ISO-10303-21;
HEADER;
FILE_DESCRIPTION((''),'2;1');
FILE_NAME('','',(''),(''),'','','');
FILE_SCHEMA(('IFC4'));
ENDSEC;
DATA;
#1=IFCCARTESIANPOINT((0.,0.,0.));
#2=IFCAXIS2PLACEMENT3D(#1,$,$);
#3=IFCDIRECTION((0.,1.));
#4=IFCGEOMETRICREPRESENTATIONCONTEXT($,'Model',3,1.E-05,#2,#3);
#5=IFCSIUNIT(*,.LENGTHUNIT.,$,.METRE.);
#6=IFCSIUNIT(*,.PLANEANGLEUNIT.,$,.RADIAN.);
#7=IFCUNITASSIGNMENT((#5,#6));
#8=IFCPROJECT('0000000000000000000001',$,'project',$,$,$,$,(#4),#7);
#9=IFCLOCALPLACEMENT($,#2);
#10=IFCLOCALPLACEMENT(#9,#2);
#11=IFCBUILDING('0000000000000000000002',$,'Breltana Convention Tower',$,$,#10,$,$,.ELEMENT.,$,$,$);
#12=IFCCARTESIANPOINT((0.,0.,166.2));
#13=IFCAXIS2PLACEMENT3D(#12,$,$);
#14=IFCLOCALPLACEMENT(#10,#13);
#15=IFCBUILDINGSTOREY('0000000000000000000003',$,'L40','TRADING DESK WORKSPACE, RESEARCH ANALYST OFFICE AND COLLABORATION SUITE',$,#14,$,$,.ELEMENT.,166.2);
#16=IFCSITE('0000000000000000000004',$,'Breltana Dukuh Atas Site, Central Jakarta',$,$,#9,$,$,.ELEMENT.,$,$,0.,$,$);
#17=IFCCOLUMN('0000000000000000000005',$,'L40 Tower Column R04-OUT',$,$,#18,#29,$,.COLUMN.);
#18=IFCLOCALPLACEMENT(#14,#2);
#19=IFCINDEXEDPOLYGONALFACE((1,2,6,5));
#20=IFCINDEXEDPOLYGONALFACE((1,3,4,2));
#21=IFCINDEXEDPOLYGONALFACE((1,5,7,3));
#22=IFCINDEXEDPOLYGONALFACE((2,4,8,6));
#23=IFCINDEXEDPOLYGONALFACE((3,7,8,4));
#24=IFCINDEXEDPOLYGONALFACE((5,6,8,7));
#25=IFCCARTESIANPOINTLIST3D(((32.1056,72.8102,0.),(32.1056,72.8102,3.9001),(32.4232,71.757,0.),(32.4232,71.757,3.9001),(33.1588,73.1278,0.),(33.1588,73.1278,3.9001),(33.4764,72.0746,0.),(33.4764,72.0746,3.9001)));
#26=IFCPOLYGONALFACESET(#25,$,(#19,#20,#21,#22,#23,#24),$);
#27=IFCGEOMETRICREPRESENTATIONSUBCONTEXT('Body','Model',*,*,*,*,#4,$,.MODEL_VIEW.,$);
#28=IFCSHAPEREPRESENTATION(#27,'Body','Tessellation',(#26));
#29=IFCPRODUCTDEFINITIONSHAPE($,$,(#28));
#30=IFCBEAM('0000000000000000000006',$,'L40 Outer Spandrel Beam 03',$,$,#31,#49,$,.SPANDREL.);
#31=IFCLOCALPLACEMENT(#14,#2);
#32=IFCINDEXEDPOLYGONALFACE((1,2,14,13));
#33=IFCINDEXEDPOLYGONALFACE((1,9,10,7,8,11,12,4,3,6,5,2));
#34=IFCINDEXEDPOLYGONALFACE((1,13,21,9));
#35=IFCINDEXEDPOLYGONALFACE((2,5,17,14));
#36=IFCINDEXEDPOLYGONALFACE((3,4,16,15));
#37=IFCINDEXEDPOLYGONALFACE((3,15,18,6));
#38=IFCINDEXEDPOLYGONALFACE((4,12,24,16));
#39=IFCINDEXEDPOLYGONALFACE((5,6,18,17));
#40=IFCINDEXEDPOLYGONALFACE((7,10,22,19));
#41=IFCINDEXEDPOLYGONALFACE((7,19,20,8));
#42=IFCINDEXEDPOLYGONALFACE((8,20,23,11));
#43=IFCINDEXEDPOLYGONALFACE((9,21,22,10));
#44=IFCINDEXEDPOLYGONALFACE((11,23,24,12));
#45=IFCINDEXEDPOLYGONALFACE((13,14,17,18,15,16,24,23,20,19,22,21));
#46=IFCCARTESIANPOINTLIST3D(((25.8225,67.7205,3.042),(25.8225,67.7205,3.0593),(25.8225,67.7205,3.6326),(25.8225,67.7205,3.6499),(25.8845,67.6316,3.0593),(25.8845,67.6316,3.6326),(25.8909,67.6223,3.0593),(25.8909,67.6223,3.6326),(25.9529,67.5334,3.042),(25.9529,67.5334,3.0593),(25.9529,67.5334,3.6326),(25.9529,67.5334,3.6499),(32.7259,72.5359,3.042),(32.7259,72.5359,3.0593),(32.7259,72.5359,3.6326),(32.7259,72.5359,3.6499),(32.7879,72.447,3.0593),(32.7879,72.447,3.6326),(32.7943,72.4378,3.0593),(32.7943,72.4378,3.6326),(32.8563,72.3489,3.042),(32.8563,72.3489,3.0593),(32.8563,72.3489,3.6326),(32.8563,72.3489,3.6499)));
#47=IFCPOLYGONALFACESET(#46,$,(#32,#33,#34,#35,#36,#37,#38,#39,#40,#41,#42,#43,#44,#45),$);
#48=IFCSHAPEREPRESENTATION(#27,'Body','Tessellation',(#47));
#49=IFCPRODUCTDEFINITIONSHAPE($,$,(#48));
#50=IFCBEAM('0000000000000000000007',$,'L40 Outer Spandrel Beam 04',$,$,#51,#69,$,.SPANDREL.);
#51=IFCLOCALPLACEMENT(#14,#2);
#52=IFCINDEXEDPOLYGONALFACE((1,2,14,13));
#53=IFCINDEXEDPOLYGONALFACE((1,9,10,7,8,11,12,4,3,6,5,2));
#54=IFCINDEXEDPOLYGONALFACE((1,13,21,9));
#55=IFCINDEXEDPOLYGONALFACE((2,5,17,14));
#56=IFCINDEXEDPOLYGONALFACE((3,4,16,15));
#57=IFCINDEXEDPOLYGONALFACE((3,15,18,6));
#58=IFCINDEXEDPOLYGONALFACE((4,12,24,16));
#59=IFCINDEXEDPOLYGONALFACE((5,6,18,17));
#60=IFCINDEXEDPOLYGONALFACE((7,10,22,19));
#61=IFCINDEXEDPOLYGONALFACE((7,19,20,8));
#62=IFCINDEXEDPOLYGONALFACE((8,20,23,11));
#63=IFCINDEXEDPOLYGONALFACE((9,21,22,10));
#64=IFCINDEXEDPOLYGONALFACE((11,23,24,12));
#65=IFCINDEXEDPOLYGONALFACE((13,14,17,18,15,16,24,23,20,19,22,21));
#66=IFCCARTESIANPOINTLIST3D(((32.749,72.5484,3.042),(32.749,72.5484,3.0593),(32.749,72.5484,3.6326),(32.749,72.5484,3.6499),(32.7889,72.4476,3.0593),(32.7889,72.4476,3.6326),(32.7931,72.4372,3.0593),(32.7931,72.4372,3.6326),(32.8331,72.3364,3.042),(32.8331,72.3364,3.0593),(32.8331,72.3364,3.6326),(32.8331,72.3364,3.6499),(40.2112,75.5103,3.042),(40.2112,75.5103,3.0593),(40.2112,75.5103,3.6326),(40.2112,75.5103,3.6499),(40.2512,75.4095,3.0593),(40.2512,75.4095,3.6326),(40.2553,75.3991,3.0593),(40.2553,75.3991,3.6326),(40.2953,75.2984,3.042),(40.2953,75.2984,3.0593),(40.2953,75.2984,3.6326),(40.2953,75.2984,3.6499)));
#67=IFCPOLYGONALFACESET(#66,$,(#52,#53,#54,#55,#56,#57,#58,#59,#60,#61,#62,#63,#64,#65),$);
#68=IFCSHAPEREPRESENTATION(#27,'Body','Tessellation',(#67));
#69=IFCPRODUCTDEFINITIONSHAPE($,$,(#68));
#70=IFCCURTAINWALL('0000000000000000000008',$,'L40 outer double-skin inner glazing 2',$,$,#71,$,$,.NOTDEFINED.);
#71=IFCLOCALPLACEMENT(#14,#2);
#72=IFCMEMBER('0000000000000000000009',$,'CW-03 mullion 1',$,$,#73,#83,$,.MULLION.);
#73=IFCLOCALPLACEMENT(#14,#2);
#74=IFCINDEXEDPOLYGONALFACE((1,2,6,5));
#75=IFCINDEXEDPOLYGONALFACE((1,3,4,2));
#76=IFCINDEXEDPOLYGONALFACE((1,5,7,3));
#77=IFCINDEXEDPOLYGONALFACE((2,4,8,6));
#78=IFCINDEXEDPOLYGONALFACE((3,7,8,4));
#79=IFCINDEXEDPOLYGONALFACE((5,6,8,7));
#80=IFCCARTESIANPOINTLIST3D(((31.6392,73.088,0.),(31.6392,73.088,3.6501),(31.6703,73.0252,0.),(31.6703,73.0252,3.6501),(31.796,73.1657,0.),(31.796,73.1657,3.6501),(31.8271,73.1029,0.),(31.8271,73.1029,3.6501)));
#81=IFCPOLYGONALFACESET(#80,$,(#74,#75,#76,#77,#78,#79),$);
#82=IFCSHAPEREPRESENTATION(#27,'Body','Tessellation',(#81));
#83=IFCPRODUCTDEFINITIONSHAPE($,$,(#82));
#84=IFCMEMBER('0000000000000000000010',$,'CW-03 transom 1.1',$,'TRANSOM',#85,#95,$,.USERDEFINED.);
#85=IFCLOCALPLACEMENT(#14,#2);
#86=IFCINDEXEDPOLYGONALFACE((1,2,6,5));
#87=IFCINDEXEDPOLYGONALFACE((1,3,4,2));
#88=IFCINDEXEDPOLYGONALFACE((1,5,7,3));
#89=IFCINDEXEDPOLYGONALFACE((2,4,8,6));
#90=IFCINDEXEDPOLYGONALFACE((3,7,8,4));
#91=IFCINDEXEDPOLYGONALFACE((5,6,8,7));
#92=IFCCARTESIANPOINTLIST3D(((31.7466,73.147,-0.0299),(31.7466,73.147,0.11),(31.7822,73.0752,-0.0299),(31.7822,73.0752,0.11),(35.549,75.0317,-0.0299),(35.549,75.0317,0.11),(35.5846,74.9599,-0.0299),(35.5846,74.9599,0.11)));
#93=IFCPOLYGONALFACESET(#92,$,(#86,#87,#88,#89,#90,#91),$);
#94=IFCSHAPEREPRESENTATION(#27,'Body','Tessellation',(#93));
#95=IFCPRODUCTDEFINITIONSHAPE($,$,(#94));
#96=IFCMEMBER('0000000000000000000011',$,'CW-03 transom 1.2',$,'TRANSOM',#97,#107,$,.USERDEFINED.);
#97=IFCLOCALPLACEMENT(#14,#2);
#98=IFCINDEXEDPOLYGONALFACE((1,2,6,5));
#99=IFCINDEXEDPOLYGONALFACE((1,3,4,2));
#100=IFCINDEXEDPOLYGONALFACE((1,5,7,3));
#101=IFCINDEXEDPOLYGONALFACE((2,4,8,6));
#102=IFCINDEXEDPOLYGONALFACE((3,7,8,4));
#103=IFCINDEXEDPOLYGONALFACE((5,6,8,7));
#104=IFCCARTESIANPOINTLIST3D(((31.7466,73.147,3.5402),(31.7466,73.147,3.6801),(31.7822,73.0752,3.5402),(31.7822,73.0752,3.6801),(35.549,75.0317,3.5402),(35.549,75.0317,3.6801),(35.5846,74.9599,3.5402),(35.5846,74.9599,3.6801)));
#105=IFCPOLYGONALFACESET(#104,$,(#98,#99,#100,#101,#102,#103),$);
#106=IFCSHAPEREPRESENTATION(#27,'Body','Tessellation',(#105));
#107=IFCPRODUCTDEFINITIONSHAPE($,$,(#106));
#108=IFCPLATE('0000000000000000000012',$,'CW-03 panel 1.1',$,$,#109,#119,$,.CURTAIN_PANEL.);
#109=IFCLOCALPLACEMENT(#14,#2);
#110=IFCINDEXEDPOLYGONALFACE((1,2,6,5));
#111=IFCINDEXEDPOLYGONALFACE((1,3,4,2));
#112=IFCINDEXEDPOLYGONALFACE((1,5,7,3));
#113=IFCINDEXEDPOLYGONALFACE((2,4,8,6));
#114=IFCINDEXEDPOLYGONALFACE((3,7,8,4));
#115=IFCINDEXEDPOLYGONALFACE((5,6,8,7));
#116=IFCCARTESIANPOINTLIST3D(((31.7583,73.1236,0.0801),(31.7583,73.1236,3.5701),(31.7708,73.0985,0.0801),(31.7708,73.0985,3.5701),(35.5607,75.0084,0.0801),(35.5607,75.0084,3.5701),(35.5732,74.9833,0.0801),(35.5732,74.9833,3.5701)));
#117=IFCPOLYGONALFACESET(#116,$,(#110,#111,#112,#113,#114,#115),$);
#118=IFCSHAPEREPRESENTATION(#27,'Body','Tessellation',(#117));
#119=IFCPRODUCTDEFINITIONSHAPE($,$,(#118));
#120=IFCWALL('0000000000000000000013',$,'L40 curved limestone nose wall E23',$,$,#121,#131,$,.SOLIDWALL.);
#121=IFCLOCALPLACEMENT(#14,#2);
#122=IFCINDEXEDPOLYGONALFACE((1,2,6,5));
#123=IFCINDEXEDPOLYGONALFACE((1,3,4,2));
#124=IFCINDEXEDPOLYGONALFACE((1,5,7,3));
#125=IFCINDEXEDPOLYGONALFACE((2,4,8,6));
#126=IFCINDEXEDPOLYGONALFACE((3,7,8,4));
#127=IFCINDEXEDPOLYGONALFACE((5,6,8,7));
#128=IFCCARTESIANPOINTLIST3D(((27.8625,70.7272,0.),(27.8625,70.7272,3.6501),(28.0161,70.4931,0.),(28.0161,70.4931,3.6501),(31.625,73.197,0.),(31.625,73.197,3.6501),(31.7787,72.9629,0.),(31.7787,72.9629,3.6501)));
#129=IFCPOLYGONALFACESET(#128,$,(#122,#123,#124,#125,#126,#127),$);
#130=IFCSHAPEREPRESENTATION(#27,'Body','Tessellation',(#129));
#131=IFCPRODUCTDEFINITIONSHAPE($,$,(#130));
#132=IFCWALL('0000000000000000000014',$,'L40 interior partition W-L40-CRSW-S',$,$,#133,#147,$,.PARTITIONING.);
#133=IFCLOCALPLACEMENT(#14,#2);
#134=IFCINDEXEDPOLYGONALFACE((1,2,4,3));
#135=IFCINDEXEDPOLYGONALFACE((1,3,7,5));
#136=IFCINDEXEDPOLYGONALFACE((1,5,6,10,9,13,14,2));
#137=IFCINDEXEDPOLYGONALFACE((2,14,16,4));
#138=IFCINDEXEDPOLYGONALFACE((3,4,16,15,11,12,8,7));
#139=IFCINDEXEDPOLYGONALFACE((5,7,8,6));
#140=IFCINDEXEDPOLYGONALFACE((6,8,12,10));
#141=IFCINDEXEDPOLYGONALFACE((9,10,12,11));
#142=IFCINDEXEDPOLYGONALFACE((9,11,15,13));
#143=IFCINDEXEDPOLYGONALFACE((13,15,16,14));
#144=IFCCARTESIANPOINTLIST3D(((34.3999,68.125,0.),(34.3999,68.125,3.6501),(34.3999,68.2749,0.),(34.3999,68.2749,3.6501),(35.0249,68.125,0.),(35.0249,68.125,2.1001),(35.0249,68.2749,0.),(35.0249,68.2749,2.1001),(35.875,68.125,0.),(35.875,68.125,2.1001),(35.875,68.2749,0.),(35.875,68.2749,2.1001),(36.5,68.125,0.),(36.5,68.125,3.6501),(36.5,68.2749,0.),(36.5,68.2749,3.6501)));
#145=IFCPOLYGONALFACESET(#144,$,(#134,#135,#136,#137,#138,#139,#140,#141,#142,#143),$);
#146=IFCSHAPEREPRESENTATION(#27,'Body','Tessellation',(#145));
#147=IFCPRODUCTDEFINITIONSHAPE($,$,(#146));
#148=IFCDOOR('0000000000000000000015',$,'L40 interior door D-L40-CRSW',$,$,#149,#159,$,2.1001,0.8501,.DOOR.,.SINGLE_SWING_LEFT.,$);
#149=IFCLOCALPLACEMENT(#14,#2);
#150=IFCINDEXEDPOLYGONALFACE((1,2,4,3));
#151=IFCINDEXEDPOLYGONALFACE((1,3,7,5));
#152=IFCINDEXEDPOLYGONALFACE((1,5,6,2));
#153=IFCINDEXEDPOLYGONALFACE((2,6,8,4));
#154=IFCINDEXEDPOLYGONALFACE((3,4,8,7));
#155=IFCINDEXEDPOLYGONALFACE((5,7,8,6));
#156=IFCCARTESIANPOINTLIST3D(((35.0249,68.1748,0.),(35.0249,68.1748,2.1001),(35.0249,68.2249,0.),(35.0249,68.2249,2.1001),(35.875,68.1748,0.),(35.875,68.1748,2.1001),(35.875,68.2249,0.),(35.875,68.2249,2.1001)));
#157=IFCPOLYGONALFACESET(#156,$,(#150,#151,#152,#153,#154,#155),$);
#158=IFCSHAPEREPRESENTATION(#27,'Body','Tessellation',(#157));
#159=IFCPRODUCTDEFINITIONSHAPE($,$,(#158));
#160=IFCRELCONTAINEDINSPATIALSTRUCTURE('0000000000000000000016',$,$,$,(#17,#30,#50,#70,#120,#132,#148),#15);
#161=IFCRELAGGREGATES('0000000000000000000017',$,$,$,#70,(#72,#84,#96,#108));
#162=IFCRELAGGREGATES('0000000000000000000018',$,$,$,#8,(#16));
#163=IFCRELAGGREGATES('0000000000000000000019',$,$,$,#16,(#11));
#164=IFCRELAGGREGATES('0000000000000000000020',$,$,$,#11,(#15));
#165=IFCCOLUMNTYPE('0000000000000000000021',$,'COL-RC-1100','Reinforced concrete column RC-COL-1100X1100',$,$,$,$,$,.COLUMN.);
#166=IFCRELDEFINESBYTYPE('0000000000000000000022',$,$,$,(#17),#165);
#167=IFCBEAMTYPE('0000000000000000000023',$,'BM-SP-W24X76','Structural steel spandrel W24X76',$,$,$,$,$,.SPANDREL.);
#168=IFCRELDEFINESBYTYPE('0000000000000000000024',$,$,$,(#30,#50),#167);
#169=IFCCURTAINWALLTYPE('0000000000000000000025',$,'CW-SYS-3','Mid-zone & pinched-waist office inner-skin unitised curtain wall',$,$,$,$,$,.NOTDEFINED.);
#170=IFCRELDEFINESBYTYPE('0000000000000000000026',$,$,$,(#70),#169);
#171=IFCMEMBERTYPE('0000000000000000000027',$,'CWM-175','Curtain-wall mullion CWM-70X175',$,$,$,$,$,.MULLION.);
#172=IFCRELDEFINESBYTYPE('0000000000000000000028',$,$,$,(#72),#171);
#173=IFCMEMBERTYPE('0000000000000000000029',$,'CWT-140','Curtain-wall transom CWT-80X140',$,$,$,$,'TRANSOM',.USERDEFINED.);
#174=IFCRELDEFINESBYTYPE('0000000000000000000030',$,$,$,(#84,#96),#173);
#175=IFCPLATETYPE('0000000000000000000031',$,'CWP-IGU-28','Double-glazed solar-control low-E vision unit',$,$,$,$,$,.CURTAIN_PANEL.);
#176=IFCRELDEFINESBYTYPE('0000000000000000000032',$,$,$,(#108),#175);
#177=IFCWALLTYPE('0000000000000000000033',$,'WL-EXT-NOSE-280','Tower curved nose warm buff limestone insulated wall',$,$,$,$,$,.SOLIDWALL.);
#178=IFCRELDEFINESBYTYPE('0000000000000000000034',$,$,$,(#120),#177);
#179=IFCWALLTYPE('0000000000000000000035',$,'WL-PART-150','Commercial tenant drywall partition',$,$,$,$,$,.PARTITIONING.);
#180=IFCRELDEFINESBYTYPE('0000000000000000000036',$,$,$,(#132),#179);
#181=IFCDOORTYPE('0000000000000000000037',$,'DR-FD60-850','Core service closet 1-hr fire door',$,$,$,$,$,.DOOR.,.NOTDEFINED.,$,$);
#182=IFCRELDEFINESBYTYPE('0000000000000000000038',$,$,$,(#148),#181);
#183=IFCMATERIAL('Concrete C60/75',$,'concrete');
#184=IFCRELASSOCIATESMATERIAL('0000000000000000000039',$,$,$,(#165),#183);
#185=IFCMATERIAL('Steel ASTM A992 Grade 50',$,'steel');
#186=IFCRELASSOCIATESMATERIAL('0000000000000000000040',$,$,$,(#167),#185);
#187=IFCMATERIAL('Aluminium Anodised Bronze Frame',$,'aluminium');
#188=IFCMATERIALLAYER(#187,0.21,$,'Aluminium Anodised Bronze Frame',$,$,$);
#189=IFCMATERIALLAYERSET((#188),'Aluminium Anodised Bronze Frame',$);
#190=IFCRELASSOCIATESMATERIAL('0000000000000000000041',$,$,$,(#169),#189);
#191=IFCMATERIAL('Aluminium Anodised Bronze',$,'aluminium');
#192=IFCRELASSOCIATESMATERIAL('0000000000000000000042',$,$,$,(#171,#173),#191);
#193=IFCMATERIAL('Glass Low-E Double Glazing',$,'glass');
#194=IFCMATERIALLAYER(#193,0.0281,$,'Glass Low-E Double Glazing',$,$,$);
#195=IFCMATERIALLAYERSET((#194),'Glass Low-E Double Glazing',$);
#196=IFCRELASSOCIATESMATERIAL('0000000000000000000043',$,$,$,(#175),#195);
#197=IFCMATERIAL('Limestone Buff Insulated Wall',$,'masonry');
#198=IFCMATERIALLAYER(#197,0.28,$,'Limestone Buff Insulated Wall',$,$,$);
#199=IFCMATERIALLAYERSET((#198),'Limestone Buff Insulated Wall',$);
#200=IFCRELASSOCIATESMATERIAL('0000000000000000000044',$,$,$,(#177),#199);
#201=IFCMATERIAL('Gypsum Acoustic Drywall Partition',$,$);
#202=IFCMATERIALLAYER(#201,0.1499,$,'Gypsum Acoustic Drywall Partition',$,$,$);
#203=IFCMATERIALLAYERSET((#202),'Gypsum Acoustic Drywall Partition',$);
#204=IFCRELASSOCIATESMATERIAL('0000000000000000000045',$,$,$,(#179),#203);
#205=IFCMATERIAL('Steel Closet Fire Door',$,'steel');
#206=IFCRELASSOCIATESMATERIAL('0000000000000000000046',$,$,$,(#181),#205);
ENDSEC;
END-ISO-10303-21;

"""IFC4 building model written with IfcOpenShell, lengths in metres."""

from ifc_helpers import new_model, si_unit, direction, frame, frame_2d, origin, origin_2d, place, context, subcontext, project, spatial, rectangle, i_section, extrude, source, transform, mapped, material, layer, layer_set, material_profile, profile_set, type_object, type_shapes, element, fill, aggregate, save


model = new_model("IFC4")

# Units and contexts
model_context = context("Model", 3, precision=1e-05, world=origin(), true_north=direction((0.0, 1.0)))
body_context = subcontext(model_context, "Body", "Model", "MODEL_VIEW")
ifc_project = project(units=[si_unit("LENGTHUNIT", "METRE"), si_unit("PLANEANGLEUNIT", "RADIAN")], contexts=[model_context])

# Site, building, storey
site_placement = place(None, origin())
site = spatial("IfcSite", under=ifc_project, at=site_placement, Name="Breltana Dukuh Atas Site, Central Jakarta", CompositionType="ELEMENT", RefElevation=0.0)
building_placement = place(site_placement, origin())
building = spatial("IfcBuilding", under=site, at=building_placement, Name="Breltana Convention Tower", CompositionType="ELEMENT")
storey_placement = place(building_placement, frame((0.0, 0.0, 166.2)))
storey = spatial("IfcBuildingStorey", under=building, at=storey_placement, Name="L40", Description="TRADING DESK WORKSPACE, RESEARCH ANALYST OFFICE AND COLLABORATION SUITE", CompositionType="ELEMENT", Elevation=166.2)

# Column
ifc_material_1 = material(Name="Concrete C60/75", Category="concrete")
ifc_material_profile_1 = material_profile(ifc_material_1, rectangle(XDim=1.1001, YDim=1.1001, at=origin_2d()), Name="RC-COL-1100X1100")
ifc_profile_set_1 = profile_set([ifc_material_profile_1], Name="Concrete C60/75")
column_type = type_object("IfcColumnType", Name="COL-RC-1100", Description="Reinforced concrete column RC-COL-1100X1100", PredefinedType="COLUMN", material=ifc_profile_set_1)
shared_shape_1 = source(origin(), body_context, "Body", "SweptSolid", [
    extrude(rectangle(XDim=1.1001, YDim=1.1001, at=origin_2d()), origin(), (0.0, 0.0, 1.0), 3.9001),
])
column_placement = place(storey_placement, frame((32.791, 72.4424, 0.0), z_axis=(0.0, 0.0, 1.0), x_axis=(-0.288698, 0.95742, 0.0)))
element("IfcColumn", 1, at=column_placement, inside=storey, type_object=column_type, Name="L40 Tower Column R04-OUT", PredefinedType="COLUMN", context=body_context, shape_type="MappedRepresentation", body=[
    mapped(shared_shape_1, transform((0.0, 0.0, 0.0), scale=1.0)),
])

# Beams
ifc_material_2 = material(Name="Steel ASTM A992 Grade 50", Category="steel")
ifc_material_profile_2 = material_profile(ifc_material_2, i_section(OverallWidth=0.228, OverallDepth=0.6079, WebThickness=0.0112, FlangeThickness=0.0173, at=origin_2d()), Name="W24X76")
ifc_profile_set_2 = profile_set([ifc_material_profile_2], Name="Steel ASTM A992 Grade 50")
beam_type = type_object("IfcBeamType", Name="BM-SP-W24X76", Description="Structural steel spandrel W24X76", PredefinedType="SPANDREL", material=ifc_profile_set_2)
shared_shape_2 = source(origin(), body_context, "Body", "SweptSolid", [
    extrude(i_section(OverallWidth=0.228, OverallDepth=0.6079, WebThickness=0.0112, FlangeThickness=0.0173, at=origin_2d()), origin(), (0.0, 0.0, 1.0), 8.417),
])
beam_1_placement = place(storey_placement, frame((25.8877, 67.627, 3.3459), z_axis=(0.820174, 0.572114, 0.0), x_axis=(-0.572114, 0.820174, 0.0)))
element("IfcBeam", 2, at=beam_1_placement, inside=storey, type_object=beam_type, Name="L40 Outer Spandrel Beam 03", PredefinedType="SPANDREL", context=body_context, shape_type="MappedRepresentation", body=[
    mapped(shared_shape_2, transform((0.0, 0.0, 0.0), scale=1.0)),
])
shared_shape_3 = source(origin(), body_context, "Body", "SweptSolid", [
    extrude(i_section(OverallWidth=0.228, OverallDepth=0.6079, WebThickness=0.0112, FlangeThickness=0.0173, at=origin_2d()), origin(), (0.0, 0.0, 1.0), 8.0286),
])
beam_2_placement = place(storey_placement, frame((32.791, 72.4424, 3.3459), z_axis=(0.929459, 0.368925, 0.0), x_axis=(-0.368925, 0.929459, 0.0)))
element("IfcBeam", 3, at=beam_2_placement, inside=storey, type_object=beam_type, Name="L40 Outer Spandrel Beam 04", PredefinedType="SPANDREL", context=body_context, shape_type="MappedRepresentation", body=[
    mapped(shared_shape_3, transform((0.0, 0.0, 0.0), scale=1.0)),
])

# Curtain wall, members, plate
ifc_material_3 = material(Name="Aluminium Anodised Bronze Frame", Category="aluminium")
ifc_layer_1 = layer(ifc_material_3, 0.21, Name="Aluminium Anodised Bronze Frame")
ifc_layer_set_1 = layer_set([ifc_layer_1], Name="Aluminium Anodised Bronze Frame")
curtain_wall_type = type_object("IfcCurtainWallType", Name="CW-SYS-3", Description="Mid-zone & pinched-waist office inner-skin unitised curtain wall", PredefinedType="NOTDEFINED", material=ifc_layer_set_1)
curtain_wall_placement = place(storey_placement, origin())
curtain_wall = element("IfcCurtainWall", 4, at=curtain_wall_placement, inside=storey, type_object=curtain_wall_type, Name="L40 outer double-skin inner glazing 2", PredefinedType="NOTDEFINED")
ifc_material_4 = material(Name="Aluminium Anodised Bronze", Category="aluminium")
ifc_material_profile_3 = material_profile(ifc_material_4, rectangle(XDim=0.0701, YDim=0.175, at=origin_2d()), Name="CWM-70X175")
ifc_profile_set_3 = profile_set([ifc_material_profile_3], Name="Aluminium Anodised Bronze")
member_type_1 = type_object("IfcMemberType", Name="CWM-175", Description="Curtain-wall mullion CWM-70X175", PredefinedType="MULLION", material=ifc_profile_set_3)
shared_shape_4 = source(origin(), body_context, "Body", "SweptSolid", [
    extrude(rectangle(XDim=0.0701, YDim=0.175, at=origin_2d()), origin(), (0.0, 0.0, 1.0), 3.6501),
])
member_1_placement = place(storey_placement, frame((31.7332, 73.0955, 0.0), z_axis=(0.0, 0.0, 1.0), x_axis=(-0.444118, 0.895968, 0.0)))
member_1 = element("IfcMember", 5, at=member_1_placement, type_object=member_type_1, Name="CW-03 mullion 1", PredefinedType="MULLION", context=body_context, shape_type="MappedRepresentation", body=[
    mapped(shared_shape_4, transform((0.0, 0.0, 0.0), scale=1.0)),
])
ifc_material_profile_4 = material_profile(ifc_material_4, rectangle(XDim=0.0801, YDim=0.1399, at=origin_2d()), Name="CWT-80X140")
ifc_profile_set_4 = profile_set([ifc_material_profile_4], Name="Aluminium Anodised Bronze")
member_type_2 = type_object("IfcMemberType", Name="CWT-140", Description="Curtain-wall transom CWT-80X140", ElementType="TRANSOM", PredefinedType="USERDEFINED", material=ifc_profile_set_4)
shared_shape_5 = source(origin(), body_context, "Body", "SweptSolid", [
    extrude(rectangle(XDim=0.0801, YDim=0.1399, at=origin_2d()), origin(), (0.0, 0.0, 1.0), 4.2439),
])
member_2_placement = place(storey_placement, frame((31.7644, 73.1111, 0.04), z_axis=(0.895975, 0.444104, 0.0), x_axis=(-0.444104, 0.895975, 0.0)))
member_2 = element("IfcMember", 6, at=member_2_placement, type_object=member_type_2, Name="CW-03 transom 1.1", ObjectType="TRANSOM", PredefinedType="USERDEFINED", context=body_context, shape_type="MappedRepresentation", body=[
    mapped(shared_shape_5, transform((0.0, 0.0, 0.0), scale=1.0)),
])
member_3_placement = place(storey_placement, frame((31.7644, 73.1111, 3.6101), z_axis=(0.895975, 0.444104, 0.0), x_axis=(-0.444104, 0.895975, 0.0)))
member_3 = element("IfcMember", 7, at=member_3_placement, type_object=member_type_2, Name="CW-03 transom 1.2", ObjectType="TRANSOM", PredefinedType="USERDEFINED", context=body_context, shape_type="MappedRepresentation", body=[
    mapped(shared_shape_5, transform((0.0, 0.0, 0.0), scale=1.0)),
])
ifc_material_5 = material(Name="Glass Low-E Double Glazing", Category="glass")
ifc_layer_2 = layer(ifc_material_5, 0.0281, Name="Glass Low-E Double Glazing")
ifc_layer_set_2 = layer_set([ifc_layer_2], Name="Glass Low-E Double Glazing")
plate_type = type_object("IfcPlateType", Name="CWP-IGU-28", Description="Double-glazed solar-control low-E vision unit", PredefinedType="CURTAIN_PANEL", material=ifc_layer_set_2)
shared_shape_6 = source(origin(), body_context, "Body", "SweptSolid", [
    extrude(rectangle(XDim=4.2439, YDim=0.0281, at=origin_2d()), origin(), (0.0, 0.0, 1.0), 3.49),
])
plate_placement = place(storey_placement, frame((33.6658, 74.0535, 0.0801), z_axis=(0.0, 0.0, 1.0), x_axis=(0.895968, 0.444118, 0.0)))
plate = element("IfcPlate", 8, at=plate_placement, type_object=plate_type, Name="CW-03 panel 1.1", PredefinedType="CURTAIN_PANEL", context=body_context, shape_type="MappedRepresentation", body=[
    mapped(shared_shape_6, transform((0.0, 0.0, 0.0), scale=1.0)),
])
aggregate(curtain_wall, [member_1, member_2, member_3, plate])

# Wall
ifc_material_6 = material(Name="Limestone Buff Insulated Wall", Category="masonry")
ifc_layer_3 = layer(ifc_material_6, 0.28, Name="Limestone Buff Insulated Wall")
ifc_layer_set_3 = layer_set([ifc_layer_3], Name="Limestone Buff Insulated Wall")
wall_type_1 = type_object("IfcWallType", Name="WL-EXT-NOSE-280", Description="Tower curved nose warm buff limestone insulated wall", PredefinedType="SOLIDWALL", material=ifc_layer_set_3)
shared_shape_7 = source(origin(), body_context, "Body", "SweptSolid", [
    extrude(rectangle(XDim=4.5007, YDim=0.28, at=frame_2d((2.2505, 0.0))), origin(), (0.0, 0.0, 1.0), 3.6501),
])
wall_1_placement = place(storey_placement, frame((27.9392, 70.6101, 0.0), z_axis=(0.0, 0.0, 1.0), x_axis=(0.835985, 0.548752, 0.0)))
element("IfcWall", 9, at=wall_1_placement, inside=storey, type_object=wall_type_1, Name="L40 curved limestone nose wall E23", PredefinedType="SOLIDWALL", context=body_context, shape_type="MappedRepresentation", body=[
    mapped(shared_shape_7, transform((0.0, 0.0, 0.0), scale=1.0)),
])

# Wall, opening, door
ifc_material_7 = material(Name="Gypsum Acoustic Drywall Partition")
ifc_layer_4 = layer(ifc_material_7, 0.1499, Name="Gypsum Acoustic Drywall Partition")
ifc_layer_set_4 = layer_set([ifc_layer_4], Name="Gypsum Acoustic Drywall Partition")
wall_type_2 = type_object("IfcWallType", Name="WL-PART-150", Description="Commercial tenant drywall partition", PredefinedType="PARTITIONING", material=ifc_layer_set_4)
shared_shape_8 = source(origin(), body_context, "Body", "SweptSolid", [
    extrude(rectangle(XDim=2.1001, YDim=0.1499, at=frame_2d((1.05, 0.0))), origin(), (0.0, 0.0, 1.0), 3.6501),
])
wall_2_placement = place(storey_placement, frame((34.3999, 68.2, 0.0), z_axis=(0.0, 0.0, 1.0), x_axis=(1.0, 0.0, 0.0)))
wall_2 = element("IfcWall", 10, at=wall_2_placement, inside=storey, type_object=wall_type_2, Name="L40 interior partition W-L40-CRSW-S", PredefinedType="PARTITIONING", context=body_context, shape_type="MappedRepresentation", body=[
    mapped(shared_shape_8, transform((0.0, 0.0, 0.0), scale=1.0)),
])
opening_1_placement = place(wall_2_placement, frame((0.625, 0.0, 0.0)))
opening_1 = element("IfcOpeningElement", 11, at=opening_1_placement, cuts=wall_2, PredefinedType="OPENING", context=body_context, shape_type="SweptSolid", body=[
    extrude(rectangle(XDim=0.8501, YDim=2.1001, at=frame_2d((0.425, 1.05))), frame((0.0, 0.085, 0.0), z_axis=(0.0, -1.0, 0.0), x_axis=(1.0, 0.0, 0.0)), (0.0, 0.0, 1.0), 0.1699),
])
ifc_material_8 = material(Name="Steel Closet Fire Door", Category="steel")
door_type_1 = type_object("IfcDoorType", Name="DR-FD60-850", Description="Core service closet 1-hr fire door", OperationType="NOTDEFINED", PredefinedType="DOOR", material=ifc_material_8)
shared_shape_9 = source(origin(), body_context, "Body", "SweptSolid", [
    extrude(rectangle(XDim=0.8501, YDim=2.1001, at=frame_2d((0.425, 1.05))), frame((0.0, 0.0249, 0.0), z_axis=(0.0, -1.0, 0.0), x_axis=(1.0, 0.0, 0.0)), (0.0, 0.0, 1.0), 0.05),
])
type_shapes(door_type_1, [shared_shape_9])
door_1_placement = place(opening_1_placement, origin())
door_1 = element("IfcDoor", 12, at=door_1_placement, inside=storey, type_object=door_type_1, Name="L40 interior door D-L40-CRSW", OperationType="SINGLE_SWING_LEFT", OverallHeight=2.1001, OverallWidth=0.8501, PredefinedType="DOOR", context=body_context, shape_type="MappedRepresentation", body=[
    mapped(shared_shape_9, transform((0.0, 0.0, 0.0), scale=1.0)),
])
fill(opening_1, door_1)

save(model, "model.ifc")
